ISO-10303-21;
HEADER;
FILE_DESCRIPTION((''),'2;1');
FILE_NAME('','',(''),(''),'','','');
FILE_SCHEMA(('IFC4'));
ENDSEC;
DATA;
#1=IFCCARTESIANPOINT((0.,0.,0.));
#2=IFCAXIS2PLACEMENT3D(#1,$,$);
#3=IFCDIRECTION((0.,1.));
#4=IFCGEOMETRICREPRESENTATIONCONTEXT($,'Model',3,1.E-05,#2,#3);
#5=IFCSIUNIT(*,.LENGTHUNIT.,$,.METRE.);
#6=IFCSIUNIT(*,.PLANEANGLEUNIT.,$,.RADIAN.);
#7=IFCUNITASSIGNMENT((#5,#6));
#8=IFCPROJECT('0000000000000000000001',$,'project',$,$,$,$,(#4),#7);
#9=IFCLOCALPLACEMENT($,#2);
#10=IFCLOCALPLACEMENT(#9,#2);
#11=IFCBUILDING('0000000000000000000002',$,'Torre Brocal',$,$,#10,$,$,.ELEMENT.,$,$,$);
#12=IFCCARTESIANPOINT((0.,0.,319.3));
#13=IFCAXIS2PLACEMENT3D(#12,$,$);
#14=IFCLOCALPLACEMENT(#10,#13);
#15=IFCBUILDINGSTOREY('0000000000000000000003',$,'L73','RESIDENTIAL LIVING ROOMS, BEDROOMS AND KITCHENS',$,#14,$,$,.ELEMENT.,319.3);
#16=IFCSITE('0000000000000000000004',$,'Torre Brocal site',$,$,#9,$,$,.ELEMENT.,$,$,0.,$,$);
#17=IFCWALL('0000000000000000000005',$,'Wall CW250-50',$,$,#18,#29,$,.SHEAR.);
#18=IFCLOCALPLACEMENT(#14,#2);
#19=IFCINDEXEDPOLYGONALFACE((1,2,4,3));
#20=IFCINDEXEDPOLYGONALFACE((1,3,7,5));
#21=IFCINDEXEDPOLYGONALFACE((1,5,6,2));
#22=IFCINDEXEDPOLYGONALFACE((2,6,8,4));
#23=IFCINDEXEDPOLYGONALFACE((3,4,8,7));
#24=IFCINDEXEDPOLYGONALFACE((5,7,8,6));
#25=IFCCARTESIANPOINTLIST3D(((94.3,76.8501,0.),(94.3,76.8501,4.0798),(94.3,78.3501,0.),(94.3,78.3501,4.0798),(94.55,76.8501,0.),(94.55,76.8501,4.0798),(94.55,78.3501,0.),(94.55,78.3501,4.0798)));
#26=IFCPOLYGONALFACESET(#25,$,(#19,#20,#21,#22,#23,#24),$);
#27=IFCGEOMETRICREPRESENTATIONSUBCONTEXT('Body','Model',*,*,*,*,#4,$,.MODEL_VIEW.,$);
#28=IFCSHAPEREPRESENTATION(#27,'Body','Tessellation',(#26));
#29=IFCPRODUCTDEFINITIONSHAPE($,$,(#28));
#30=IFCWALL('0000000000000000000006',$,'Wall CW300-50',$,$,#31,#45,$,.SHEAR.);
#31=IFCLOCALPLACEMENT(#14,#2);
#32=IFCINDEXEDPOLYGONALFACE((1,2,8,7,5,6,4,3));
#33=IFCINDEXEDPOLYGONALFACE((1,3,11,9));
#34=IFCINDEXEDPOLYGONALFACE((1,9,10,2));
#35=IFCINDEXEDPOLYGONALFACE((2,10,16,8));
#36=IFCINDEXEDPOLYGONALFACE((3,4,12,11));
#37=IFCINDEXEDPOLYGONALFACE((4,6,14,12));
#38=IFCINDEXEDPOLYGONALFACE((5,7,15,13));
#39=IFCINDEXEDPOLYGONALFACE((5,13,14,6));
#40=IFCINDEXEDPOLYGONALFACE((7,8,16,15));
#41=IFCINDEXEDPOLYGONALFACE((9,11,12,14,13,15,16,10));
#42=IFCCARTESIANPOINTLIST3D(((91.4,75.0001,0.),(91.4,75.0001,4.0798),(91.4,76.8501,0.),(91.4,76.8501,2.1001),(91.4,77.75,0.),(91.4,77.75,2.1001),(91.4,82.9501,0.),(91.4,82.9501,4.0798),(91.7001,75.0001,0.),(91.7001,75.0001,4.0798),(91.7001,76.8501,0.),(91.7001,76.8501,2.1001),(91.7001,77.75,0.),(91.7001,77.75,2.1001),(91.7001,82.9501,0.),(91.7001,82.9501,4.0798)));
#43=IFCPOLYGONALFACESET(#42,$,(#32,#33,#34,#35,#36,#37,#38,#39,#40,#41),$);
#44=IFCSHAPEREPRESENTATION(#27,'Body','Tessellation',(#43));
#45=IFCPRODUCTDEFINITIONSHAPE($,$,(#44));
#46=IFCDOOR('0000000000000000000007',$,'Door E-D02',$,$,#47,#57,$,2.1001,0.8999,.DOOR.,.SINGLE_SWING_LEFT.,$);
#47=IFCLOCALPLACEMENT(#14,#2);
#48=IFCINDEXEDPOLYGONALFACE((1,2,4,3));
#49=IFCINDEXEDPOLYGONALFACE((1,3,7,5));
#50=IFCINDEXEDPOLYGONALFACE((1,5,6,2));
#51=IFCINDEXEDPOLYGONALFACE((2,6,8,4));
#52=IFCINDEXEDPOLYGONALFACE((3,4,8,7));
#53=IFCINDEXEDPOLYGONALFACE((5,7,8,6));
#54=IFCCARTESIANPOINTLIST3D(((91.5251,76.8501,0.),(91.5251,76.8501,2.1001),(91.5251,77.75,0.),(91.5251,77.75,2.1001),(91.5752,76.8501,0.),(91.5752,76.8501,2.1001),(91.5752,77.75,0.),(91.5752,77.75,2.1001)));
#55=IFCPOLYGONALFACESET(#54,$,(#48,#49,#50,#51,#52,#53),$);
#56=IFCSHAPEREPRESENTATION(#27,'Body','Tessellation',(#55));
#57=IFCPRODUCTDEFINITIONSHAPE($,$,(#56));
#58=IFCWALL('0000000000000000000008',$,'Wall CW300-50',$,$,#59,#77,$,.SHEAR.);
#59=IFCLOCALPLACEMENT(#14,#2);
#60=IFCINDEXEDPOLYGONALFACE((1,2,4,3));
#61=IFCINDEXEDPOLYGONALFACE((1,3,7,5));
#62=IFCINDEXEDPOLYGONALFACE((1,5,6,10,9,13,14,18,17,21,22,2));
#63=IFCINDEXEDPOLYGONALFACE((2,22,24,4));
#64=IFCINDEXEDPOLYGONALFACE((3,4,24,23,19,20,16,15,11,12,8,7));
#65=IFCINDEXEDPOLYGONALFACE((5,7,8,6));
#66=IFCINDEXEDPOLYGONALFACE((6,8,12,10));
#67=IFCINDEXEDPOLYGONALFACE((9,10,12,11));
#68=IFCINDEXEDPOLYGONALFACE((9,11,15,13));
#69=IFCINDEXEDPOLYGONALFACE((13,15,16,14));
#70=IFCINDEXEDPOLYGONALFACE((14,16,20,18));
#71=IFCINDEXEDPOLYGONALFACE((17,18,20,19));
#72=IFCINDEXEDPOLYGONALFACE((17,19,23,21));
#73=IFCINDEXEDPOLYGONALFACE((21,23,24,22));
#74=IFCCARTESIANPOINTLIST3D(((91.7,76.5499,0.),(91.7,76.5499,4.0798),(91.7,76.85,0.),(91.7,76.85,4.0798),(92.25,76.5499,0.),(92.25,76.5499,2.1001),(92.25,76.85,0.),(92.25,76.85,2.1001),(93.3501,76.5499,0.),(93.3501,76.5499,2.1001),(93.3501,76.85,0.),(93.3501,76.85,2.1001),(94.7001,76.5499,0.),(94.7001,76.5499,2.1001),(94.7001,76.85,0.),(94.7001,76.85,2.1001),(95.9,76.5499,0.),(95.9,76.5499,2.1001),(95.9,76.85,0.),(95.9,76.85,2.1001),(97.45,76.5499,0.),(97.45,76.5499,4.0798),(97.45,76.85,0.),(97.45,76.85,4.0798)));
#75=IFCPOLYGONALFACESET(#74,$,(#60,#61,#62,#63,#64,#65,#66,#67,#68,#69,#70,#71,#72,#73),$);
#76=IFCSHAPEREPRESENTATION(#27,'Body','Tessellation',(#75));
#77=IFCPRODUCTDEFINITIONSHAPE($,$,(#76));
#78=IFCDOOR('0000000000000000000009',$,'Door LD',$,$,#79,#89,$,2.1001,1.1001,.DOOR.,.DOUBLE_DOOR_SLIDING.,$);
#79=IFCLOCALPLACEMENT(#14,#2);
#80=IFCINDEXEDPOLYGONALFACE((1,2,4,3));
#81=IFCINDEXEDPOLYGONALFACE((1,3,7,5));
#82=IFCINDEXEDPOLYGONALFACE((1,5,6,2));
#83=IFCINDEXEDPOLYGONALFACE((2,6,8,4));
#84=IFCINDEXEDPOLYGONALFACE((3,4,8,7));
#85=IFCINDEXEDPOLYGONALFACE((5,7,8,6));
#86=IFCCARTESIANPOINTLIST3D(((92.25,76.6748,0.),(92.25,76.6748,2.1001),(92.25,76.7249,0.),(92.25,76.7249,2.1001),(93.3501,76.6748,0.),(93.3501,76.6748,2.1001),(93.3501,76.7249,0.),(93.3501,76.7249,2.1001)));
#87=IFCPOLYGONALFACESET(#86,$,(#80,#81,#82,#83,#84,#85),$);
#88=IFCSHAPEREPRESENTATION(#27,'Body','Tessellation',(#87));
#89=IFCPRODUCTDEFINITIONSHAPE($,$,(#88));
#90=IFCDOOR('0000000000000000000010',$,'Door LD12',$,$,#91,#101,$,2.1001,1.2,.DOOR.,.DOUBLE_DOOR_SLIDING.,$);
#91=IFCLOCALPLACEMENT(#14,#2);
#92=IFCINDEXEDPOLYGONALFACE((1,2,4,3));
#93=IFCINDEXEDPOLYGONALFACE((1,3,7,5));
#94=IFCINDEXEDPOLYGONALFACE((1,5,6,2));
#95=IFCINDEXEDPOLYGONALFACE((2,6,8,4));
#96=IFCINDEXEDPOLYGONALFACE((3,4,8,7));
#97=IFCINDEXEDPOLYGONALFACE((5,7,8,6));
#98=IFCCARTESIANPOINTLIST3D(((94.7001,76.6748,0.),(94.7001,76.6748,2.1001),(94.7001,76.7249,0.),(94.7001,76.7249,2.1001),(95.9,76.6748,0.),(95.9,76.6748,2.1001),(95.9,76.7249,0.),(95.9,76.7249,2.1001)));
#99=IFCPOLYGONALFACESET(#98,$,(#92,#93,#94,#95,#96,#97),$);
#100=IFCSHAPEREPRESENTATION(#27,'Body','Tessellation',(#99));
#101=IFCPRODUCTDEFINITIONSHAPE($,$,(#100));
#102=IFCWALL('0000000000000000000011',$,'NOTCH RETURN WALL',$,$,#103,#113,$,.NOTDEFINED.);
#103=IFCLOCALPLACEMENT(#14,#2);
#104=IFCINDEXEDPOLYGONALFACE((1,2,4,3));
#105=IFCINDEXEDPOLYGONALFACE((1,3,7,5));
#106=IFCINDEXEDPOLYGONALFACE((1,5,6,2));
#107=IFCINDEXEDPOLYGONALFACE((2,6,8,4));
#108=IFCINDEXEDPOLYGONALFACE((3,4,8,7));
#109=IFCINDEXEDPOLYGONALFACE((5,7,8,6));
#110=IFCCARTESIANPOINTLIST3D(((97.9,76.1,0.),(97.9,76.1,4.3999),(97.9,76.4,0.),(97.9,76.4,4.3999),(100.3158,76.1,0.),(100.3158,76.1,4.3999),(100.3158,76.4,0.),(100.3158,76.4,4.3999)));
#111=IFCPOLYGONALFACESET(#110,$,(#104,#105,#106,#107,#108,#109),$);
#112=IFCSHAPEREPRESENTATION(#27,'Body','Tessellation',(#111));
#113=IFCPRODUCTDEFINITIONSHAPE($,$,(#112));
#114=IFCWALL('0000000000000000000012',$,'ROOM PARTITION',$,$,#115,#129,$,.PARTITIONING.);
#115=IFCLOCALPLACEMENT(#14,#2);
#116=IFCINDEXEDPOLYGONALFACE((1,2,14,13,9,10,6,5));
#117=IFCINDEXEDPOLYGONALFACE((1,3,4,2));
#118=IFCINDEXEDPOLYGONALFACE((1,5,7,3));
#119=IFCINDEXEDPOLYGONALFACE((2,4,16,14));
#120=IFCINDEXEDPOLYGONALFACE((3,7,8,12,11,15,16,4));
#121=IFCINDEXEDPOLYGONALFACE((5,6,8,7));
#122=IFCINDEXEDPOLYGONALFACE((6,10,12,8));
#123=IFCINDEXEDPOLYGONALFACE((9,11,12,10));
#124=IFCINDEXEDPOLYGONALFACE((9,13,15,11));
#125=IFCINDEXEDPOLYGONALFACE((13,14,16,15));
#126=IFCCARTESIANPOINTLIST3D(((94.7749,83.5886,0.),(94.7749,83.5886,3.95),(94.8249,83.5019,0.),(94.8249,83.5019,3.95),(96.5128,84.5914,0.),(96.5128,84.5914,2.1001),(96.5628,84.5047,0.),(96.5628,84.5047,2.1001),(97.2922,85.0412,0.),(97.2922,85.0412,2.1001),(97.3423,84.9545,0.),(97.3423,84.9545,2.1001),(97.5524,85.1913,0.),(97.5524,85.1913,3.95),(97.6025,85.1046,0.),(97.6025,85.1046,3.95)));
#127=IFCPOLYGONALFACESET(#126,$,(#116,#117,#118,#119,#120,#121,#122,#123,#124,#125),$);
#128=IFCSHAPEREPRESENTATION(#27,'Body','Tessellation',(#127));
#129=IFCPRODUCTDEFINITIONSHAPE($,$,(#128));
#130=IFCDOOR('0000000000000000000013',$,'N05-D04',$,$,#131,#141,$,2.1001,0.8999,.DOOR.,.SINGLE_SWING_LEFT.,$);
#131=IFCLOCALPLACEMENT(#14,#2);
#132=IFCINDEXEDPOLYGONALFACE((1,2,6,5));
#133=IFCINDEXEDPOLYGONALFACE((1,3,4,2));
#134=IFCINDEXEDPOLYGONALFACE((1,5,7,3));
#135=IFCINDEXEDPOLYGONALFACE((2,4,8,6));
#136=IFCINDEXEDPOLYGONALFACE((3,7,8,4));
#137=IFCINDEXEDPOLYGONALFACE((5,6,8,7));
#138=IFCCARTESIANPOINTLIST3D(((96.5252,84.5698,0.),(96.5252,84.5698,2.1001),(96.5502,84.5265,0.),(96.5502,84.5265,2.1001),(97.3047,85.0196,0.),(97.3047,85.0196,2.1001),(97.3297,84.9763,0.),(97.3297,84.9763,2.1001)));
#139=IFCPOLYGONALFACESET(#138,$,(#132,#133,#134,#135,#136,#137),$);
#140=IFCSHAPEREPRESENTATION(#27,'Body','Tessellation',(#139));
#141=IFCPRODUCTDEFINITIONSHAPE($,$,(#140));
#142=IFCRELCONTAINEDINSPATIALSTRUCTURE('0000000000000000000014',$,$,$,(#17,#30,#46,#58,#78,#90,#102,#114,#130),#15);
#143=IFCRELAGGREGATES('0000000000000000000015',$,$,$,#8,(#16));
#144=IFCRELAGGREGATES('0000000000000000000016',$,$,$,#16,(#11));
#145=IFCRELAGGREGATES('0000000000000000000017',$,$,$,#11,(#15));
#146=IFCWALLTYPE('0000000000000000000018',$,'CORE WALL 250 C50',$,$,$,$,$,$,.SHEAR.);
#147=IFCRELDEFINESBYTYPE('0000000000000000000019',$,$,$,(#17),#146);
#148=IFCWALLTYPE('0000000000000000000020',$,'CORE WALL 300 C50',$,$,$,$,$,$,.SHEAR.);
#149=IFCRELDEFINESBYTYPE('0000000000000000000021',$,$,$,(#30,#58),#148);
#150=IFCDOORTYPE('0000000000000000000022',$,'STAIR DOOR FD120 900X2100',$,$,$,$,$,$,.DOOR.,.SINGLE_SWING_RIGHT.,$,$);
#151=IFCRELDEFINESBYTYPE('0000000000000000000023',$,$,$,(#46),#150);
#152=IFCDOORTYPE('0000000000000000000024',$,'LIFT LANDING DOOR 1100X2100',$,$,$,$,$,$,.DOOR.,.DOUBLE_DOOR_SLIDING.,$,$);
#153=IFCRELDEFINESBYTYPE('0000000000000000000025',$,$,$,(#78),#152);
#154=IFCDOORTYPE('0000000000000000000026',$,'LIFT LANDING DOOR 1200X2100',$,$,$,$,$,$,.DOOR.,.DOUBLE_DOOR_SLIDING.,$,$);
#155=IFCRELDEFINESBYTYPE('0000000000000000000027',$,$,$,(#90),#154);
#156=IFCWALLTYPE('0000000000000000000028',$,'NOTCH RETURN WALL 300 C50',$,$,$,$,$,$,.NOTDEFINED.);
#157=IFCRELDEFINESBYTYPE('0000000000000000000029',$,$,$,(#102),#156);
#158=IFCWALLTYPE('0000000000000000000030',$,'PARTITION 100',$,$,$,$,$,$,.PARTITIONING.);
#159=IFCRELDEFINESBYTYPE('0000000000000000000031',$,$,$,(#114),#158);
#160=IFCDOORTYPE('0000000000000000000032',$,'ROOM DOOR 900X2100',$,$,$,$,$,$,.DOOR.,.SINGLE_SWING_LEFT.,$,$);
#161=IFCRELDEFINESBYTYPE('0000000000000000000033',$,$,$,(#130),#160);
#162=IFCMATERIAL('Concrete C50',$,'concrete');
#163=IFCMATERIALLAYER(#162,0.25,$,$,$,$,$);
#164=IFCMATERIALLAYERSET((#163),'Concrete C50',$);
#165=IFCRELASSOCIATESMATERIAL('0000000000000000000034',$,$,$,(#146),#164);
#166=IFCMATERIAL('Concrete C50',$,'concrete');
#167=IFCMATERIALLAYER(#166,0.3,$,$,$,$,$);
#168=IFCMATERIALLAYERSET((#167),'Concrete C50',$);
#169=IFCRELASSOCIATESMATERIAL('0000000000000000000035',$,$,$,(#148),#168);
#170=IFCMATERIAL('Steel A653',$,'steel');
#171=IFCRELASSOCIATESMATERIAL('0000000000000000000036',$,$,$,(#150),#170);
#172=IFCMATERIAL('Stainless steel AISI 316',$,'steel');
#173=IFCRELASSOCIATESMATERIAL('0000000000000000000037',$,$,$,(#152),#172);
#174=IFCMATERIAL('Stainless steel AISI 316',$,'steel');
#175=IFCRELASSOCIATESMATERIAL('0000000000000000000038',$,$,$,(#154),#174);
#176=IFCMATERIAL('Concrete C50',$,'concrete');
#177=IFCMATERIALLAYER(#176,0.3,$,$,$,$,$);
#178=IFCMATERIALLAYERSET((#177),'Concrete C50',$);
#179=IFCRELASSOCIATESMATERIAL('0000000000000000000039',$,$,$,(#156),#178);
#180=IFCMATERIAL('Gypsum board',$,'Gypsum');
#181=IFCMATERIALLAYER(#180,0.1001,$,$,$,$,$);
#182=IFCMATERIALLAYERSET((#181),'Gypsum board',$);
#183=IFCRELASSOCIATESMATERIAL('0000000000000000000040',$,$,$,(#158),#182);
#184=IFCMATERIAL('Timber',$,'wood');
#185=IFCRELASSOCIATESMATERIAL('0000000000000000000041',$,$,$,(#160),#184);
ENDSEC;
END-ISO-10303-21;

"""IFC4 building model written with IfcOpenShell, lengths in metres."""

from ifc_helpers import new_model, si_unit, direction, frame, frame_2d, origin, place, context, subcontext, project, spatial, rectangle, extrude, material, layer, layer_set, type_object, element, fill, save


model = new_model("IFC4")

# Units and contexts
model_context = context("Model", 3, precision=1e-05, world=origin(), true_north=direction((0.0, 1.0)))
body_context = subcontext(model_context, "Body", "Model", "MODEL_VIEW")
ifc_project = project(units=[si_unit("LENGTHUNIT", "METRE"), si_unit("PLANEANGLEUNIT", "RADIAN")], contexts=[model_context])

# Site, building, storey
site_placement = place(None, origin())
site = spatial("IfcSite", under=ifc_project, at=site_placement, Name="Torre Brocal site", CompositionType="ELEMENT", RefElevation=0.0)
building_placement = place(site_placement, origin())
building = spatial("IfcBuilding", under=site, at=building_placement, Name="Torre Brocal", CompositionType="ELEMENT")
storey_placement = place(building_placement, frame((0.0, 0.0, 319.3)))
storey = spatial("IfcBuildingStorey", under=building, at=storey_placement, Name="L73", Description="RESIDENTIAL LIVING ROOMS, BEDROOMS AND KITCHENS", CompositionType="ELEMENT", Elevation=319.3)

# Shared definitions
ifc_material_1 = material(Name="Concrete C50", Category="concrete")
ifc_layer_1 = layer(ifc_material_1, 0.25)
ifc_layer_set_1 = layer_set([ifc_layer_1], Name="Concrete C50")
wall_type_1 = type_object("IfcWallType", Name="CORE WALL 250 C50", PredefinedType="SHEAR", material=ifc_layer_set_1)

# Wall
wall_1_placement = place(storey_placement, frame((94.425, 76.8501, 0.0), z_axis=(0.0, 0.0, 1.0), x_axis=(0.0, 1.0, 0.0)))
element("IfcWall", 1, at=wall_1_placement, inside=storey, type_object=wall_type_1, Name="Wall CW250-50", PredefinedType="SHEAR", context=body_context, shape_type="SweptSolid", body=[
    extrude(rectangle(XDim=1.5, YDim=0.25, at=frame_2d((0.75, 0.0))), origin(), (0.0, 0.0, 1.0), 4.0798),
])

# Wall, opening, door
ifc_material_2 = material(Name="Concrete C50", Category="concrete")
ifc_layer_2 = layer(ifc_material_2, 0.3)
ifc_layer_set_2 = layer_set([ifc_layer_2], Name="Concrete C50")
wall_type_2 = type_object("IfcWallType", Name="CORE WALL 300 C50", PredefinedType="SHEAR", material=ifc_layer_set_2)
wall_2_placement = place(storey_placement, frame((91.55, 75.0, 0.0), z_axis=(0.0, 0.0, 1.0), x_axis=(0.0, 1.0, 0.0)))
wall_2 = element("IfcWall", 2, at=wall_2_placement, inside=storey, type_object=wall_type_2, Name="Wall CW300-50", PredefinedType="SHEAR", context=body_context, shape_type="SweptSolid", body=[
    extrude(rectangle(XDim=7.95, YDim=0.3, at=frame_2d((3.9751, 0.0))), origin(), (0.0, 0.0, 1.0), 4.0798),
])
opening_1_placement = place(wall_2_placement, frame((1.8501, 0.0, 0.0)))
opening_1 = element("IfcOpeningElement", 3, at=opening_1_placement, cuts=wall_2, PredefinedType="OPENING", context=body_context, shape_type="SweptSolid", body=[
    extrude(rectangle(XDim=0.8999, YDim=2.1001, at=frame_2d((0.45, 1.05))), frame((0.0, 0.1599, 0.0), z_axis=(0.0, -1.0, 0.0), x_axis=(1.0, 0.0, 0.0)), (0.0, 0.0, 1.0), 0.3201),
])
ifc_material_3 = material(Name="Steel A653", Category="steel")
door_type_1 = type_object("IfcDoorType", Name="STAIR DOOR FD120 900X2100", OperationType="SINGLE_SWING_RIGHT", PredefinedType="DOOR", material=ifc_material_3)
door_1_placement = place(opening_1_placement, origin())
door_1 = element("IfcDoor", 4, at=door_1_placement, inside=storey, type_object=door_type_1, Name="Door E-D02", OperationType="SINGLE_SWING_LEFT", OverallHeight=2.1001, OverallWidth=0.8999, PredefinedType="DOOR", context=body_context, shape_type="SweptSolid", body=[
    extrude(rectangle(XDim=0.8999, YDim=2.1001, at=frame_2d((0.45, 1.05))), frame((0.0, 0.0249, 0.0), z_axis=(0.0, -1.0, 0.0), x_axis=(1.0, 0.0, 0.0)), (0.0, 0.0, 1.0), 0.05),
])
fill(opening_1, door_1)

# Wall, openings, doors
wall_3_placement = place(storey_placement, frame((91.7, 76.7, 0.0), z_axis=(0.0, 0.0, 1.0), x_axis=(1.0, 0.0, 0.0)))
wall_3 = element("IfcWall", 5, at=wall_3_placement, inside=storey, type_object=wall_type_2, Name="Wall CW300-50", PredefinedType="SHEAR", context=body_context, shape_type="SweptSolid", body=[
    extrude(rectangle(XDim=5.75, YDim=0.3, at=frame_2d((2.875, 0.0))), origin(), (0.0, 0.0, 1.0), 4.0798),
])
opening_2_placement = place(wall_3_placement, frame((0.55, 0.0, 0.0)))
opening_2 = element("IfcOpeningElement", 6, at=opening_2_placement, cuts=wall_3, PredefinedType="OPENING", context=body_context, shape_type="SweptSolid", body=[
    extrude(rectangle(XDim=1.1001, YDim=2.1001, at=frame_2d((0.55, 1.05))), frame((0.0, 0.1599, 0.0), z_axis=(0.0, -1.0, 0.0), x_axis=(1.0, 0.0, 0.0)), (0.0, 0.0, 1.0), 0.3201),
])
opening_3_placement = place(wall_3_placement, frame((3.0, 0.0, 0.0)))
opening_3 = element("IfcOpeningElement", 7, at=opening_3_placement, cuts=wall_3, PredefinedType="OPENING", context=body_context, shape_type="SweptSolid", body=[
    extrude(rectangle(XDim=1.2, YDim=2.1001, at=frame_2d((0.6001, 1.05))), frame((0.0, 0.1599, 0.0), z_axis=(0.0, -1.0, 0.0), x_axis=(1.0, 0.0, 0.0)), (0.0, 0.0, 1.0), 0.3201),
])
ifc_material_4 = material(Name="Stainless steel AISI 316", Category="steel")
door_type_2 = type_object("IfcDoorType", Name="LIFT LANDING DOOR 1100X2100", OperationType="DOUBLE_DOOR_SLIDING", PredefinedType="DOOR", material=ifc_material_4)
door_2_placement = place(opening_2_placement, origin())
door_2 = element("IfcDoor", 8, at=door_2_placement, inside=storey, type_object=door_type_2, Name="Door LD", OperationType="DOUBLE_DOOR_SLIDING", OverallHeight=2.1001, OverallWidth=1.1001, PredefinedType="DOOR", context=body_context, shape_type="SweptSolid", body=[
    extrude(rectangle(XDim=1.1001, YDim=2.1001, at=frame_2d((0.55, 1.05))), frame((0.0, 0.0249, 0.0), z_axis=(0.0, -1.0, 0.0), x_axis=(1.0, 0.0, 0.0)), (0.0, 0.0, 1.0), 0.05),
])
fill(opening_2, door_2)
ifc_material_5 = material(Name="Stainless steel AISI 316", Category="steel")
door_type_3 = type_object("IfcDoorType", Name="LIFT LANDING DOOR 1200X2100", OperationType="DOUBLE_DOOR_SLIDING", PredefinedType="DOOR", material=ifc_material_5)
door_3_placement = place(opening_3_placement, origin())
door_3 = element("IfcDoor", 9, at=door_3_placement, inside=storey, type_object=door_type_3, Name="Door LD12", OperationType="DOUBLE_DOOR_SLIDING", OverallHeight=2.1001, OverallWidth=1.2, PredefinedType="DOOR", context=body_context, shape_type="SweptSolid", body=[
    extrude(rectangle(XDim=1.2, YDim=2.1001, at=frame_2d((0.6001, 1.05))), frame((0.0, 0.0249, 0.0), z_axis=(0.0, -1.0, 0.0), x_axis=(1.0, 0.0, 0.0)), (0.0, 0.0, 1.0), 0.05),
])
fill(opening_3, door_3)

# Wall
ifc_material_6 = material(Name="Concrete C50", Category="concrete")
ifc_layer_3 = layer(ifc_material_6, 0.3)
ifc_layer_set_3 = layer_set([ifc_layer_3], Name="Concrete C50")
wall_type_3 = type_object("IfcWallType", Name="NOTCH RETURN WALL 300 C50", PredefinedType="NOTDEFINED", material=ifc_layer_set_3)
wall_4_placement = place(storey_placement, frame((97.8999, 76.25, 0.0), z_axis=(0.0, 0.0, 1.0), x_axis=(1.0, 0.0, 0.0)))
element("IfcWall", 10, at=wall_4_placement, inside=storey, type_object=wall_type_3, Name="NOTCH RETURN WALL", PredefinedType="NOTDEFINED", context=body_context, shape_type="SweptSolid", body=[
    extrude(rectangle(XDim=2.4158, YDim=0.3, at=frame_2d((1.208, 0.0))), origin(), (0.0, 0.0, 1.0), 4.3999),
])

# Wall, opening, door
ifc_material_7 = material(Name="Gypsum board", Category="Gypsum")
ifc_layer_4 = layer(ifc_material_7, 0.1001)
ifc_layer_set_4 = layer_set([ifc_layer_4], Name="Gypsum board")
wall_type_4 = type_object("IfcWallType", Name="PARTITION 100", PredefinedType="PARTITIONING", material=ifc_layer_set_4)
wall_5_placement = place(storey_placement, frame((94.7998, 83.5452, 0.0), z_axis=(0.0, 0.0, 1.0), x_axis=(0.866141, 0.499799, 0.0)))
wall_5 = element("IfcWall", 11, at=wall_5_placement, inside=storey, type_object=wall_type_4, Name="ROOM PARTITION", PredefinedType="PARTITIONING", context=body_context, shape_type="SweptSolid", body=[
    extrude(rectangle(XDim=3.2068, YDim=0.1001, at=frame_2d((1.6035, 0.0))), origin(), (0.0, 0.0, 1.0), 3.95),
])
opening_4_placement = place(wall_5_placement, frame((2.0066, 0.0, 0.0)))
opening_4 = element("IfcOpeningElement", 12, at=opening_4_placement, cuts=wall_5, PredefinedType="OPENING", context=body_context, shape_type="SweptSolid", body=[
    extrude(rectangle(XDim=0.8999, YDim=2.1001, at=frame_2d((0.45, 1.05))), frame((0.0, 0.0601, 0.0), z_axis=(0.0, -1.0, 0.0), x_axis=(1.0, 0.0, 0.0)), (0.0, 0.0, 1.0), 0.1201),
])
ifc_material_8 = material(Name="Timber", Category="wood")
door_type_4 = type_object("IfcDoorType", Name="ROOM DOOR 900X2100", OperationType="SINGLE_SWING_LEFT", PredefinedType="DOOR", material=ifc_material_8)
door_4_placement = place(opening_4_placement, frame((0.8999, 0.0, 0.0), z_axis=(0.0, 0.0, 1.0), x_axis=(-1.0, 0.0, 0.0)))
door_4 = element("IfcDoor", 13, at=door_4_placement, inside=storey, type_object=door_type_4, Name="N05-D04", OperationType="SINGLE_SWING_LEFT", OverallHeight=2.1001, OverallWidth=0.8999, PredefinedType="DOOR", context=body_context, shape_type="SweptSolid", body=[
    extrude(rectangle(XDim=0.8999, YDim=2.1001, at=frame_2d((0.45, 1.05))), frame((0.0, 0.0249, 0.0), z_axis=(0.0, -1.0, 0.0), x_axis=(1.0, 0.0, 0.0)), (0.0, 0.0, 1.0), 0.05),
])
fill(opening_4, door_4)

save(model, "model.ifc")
